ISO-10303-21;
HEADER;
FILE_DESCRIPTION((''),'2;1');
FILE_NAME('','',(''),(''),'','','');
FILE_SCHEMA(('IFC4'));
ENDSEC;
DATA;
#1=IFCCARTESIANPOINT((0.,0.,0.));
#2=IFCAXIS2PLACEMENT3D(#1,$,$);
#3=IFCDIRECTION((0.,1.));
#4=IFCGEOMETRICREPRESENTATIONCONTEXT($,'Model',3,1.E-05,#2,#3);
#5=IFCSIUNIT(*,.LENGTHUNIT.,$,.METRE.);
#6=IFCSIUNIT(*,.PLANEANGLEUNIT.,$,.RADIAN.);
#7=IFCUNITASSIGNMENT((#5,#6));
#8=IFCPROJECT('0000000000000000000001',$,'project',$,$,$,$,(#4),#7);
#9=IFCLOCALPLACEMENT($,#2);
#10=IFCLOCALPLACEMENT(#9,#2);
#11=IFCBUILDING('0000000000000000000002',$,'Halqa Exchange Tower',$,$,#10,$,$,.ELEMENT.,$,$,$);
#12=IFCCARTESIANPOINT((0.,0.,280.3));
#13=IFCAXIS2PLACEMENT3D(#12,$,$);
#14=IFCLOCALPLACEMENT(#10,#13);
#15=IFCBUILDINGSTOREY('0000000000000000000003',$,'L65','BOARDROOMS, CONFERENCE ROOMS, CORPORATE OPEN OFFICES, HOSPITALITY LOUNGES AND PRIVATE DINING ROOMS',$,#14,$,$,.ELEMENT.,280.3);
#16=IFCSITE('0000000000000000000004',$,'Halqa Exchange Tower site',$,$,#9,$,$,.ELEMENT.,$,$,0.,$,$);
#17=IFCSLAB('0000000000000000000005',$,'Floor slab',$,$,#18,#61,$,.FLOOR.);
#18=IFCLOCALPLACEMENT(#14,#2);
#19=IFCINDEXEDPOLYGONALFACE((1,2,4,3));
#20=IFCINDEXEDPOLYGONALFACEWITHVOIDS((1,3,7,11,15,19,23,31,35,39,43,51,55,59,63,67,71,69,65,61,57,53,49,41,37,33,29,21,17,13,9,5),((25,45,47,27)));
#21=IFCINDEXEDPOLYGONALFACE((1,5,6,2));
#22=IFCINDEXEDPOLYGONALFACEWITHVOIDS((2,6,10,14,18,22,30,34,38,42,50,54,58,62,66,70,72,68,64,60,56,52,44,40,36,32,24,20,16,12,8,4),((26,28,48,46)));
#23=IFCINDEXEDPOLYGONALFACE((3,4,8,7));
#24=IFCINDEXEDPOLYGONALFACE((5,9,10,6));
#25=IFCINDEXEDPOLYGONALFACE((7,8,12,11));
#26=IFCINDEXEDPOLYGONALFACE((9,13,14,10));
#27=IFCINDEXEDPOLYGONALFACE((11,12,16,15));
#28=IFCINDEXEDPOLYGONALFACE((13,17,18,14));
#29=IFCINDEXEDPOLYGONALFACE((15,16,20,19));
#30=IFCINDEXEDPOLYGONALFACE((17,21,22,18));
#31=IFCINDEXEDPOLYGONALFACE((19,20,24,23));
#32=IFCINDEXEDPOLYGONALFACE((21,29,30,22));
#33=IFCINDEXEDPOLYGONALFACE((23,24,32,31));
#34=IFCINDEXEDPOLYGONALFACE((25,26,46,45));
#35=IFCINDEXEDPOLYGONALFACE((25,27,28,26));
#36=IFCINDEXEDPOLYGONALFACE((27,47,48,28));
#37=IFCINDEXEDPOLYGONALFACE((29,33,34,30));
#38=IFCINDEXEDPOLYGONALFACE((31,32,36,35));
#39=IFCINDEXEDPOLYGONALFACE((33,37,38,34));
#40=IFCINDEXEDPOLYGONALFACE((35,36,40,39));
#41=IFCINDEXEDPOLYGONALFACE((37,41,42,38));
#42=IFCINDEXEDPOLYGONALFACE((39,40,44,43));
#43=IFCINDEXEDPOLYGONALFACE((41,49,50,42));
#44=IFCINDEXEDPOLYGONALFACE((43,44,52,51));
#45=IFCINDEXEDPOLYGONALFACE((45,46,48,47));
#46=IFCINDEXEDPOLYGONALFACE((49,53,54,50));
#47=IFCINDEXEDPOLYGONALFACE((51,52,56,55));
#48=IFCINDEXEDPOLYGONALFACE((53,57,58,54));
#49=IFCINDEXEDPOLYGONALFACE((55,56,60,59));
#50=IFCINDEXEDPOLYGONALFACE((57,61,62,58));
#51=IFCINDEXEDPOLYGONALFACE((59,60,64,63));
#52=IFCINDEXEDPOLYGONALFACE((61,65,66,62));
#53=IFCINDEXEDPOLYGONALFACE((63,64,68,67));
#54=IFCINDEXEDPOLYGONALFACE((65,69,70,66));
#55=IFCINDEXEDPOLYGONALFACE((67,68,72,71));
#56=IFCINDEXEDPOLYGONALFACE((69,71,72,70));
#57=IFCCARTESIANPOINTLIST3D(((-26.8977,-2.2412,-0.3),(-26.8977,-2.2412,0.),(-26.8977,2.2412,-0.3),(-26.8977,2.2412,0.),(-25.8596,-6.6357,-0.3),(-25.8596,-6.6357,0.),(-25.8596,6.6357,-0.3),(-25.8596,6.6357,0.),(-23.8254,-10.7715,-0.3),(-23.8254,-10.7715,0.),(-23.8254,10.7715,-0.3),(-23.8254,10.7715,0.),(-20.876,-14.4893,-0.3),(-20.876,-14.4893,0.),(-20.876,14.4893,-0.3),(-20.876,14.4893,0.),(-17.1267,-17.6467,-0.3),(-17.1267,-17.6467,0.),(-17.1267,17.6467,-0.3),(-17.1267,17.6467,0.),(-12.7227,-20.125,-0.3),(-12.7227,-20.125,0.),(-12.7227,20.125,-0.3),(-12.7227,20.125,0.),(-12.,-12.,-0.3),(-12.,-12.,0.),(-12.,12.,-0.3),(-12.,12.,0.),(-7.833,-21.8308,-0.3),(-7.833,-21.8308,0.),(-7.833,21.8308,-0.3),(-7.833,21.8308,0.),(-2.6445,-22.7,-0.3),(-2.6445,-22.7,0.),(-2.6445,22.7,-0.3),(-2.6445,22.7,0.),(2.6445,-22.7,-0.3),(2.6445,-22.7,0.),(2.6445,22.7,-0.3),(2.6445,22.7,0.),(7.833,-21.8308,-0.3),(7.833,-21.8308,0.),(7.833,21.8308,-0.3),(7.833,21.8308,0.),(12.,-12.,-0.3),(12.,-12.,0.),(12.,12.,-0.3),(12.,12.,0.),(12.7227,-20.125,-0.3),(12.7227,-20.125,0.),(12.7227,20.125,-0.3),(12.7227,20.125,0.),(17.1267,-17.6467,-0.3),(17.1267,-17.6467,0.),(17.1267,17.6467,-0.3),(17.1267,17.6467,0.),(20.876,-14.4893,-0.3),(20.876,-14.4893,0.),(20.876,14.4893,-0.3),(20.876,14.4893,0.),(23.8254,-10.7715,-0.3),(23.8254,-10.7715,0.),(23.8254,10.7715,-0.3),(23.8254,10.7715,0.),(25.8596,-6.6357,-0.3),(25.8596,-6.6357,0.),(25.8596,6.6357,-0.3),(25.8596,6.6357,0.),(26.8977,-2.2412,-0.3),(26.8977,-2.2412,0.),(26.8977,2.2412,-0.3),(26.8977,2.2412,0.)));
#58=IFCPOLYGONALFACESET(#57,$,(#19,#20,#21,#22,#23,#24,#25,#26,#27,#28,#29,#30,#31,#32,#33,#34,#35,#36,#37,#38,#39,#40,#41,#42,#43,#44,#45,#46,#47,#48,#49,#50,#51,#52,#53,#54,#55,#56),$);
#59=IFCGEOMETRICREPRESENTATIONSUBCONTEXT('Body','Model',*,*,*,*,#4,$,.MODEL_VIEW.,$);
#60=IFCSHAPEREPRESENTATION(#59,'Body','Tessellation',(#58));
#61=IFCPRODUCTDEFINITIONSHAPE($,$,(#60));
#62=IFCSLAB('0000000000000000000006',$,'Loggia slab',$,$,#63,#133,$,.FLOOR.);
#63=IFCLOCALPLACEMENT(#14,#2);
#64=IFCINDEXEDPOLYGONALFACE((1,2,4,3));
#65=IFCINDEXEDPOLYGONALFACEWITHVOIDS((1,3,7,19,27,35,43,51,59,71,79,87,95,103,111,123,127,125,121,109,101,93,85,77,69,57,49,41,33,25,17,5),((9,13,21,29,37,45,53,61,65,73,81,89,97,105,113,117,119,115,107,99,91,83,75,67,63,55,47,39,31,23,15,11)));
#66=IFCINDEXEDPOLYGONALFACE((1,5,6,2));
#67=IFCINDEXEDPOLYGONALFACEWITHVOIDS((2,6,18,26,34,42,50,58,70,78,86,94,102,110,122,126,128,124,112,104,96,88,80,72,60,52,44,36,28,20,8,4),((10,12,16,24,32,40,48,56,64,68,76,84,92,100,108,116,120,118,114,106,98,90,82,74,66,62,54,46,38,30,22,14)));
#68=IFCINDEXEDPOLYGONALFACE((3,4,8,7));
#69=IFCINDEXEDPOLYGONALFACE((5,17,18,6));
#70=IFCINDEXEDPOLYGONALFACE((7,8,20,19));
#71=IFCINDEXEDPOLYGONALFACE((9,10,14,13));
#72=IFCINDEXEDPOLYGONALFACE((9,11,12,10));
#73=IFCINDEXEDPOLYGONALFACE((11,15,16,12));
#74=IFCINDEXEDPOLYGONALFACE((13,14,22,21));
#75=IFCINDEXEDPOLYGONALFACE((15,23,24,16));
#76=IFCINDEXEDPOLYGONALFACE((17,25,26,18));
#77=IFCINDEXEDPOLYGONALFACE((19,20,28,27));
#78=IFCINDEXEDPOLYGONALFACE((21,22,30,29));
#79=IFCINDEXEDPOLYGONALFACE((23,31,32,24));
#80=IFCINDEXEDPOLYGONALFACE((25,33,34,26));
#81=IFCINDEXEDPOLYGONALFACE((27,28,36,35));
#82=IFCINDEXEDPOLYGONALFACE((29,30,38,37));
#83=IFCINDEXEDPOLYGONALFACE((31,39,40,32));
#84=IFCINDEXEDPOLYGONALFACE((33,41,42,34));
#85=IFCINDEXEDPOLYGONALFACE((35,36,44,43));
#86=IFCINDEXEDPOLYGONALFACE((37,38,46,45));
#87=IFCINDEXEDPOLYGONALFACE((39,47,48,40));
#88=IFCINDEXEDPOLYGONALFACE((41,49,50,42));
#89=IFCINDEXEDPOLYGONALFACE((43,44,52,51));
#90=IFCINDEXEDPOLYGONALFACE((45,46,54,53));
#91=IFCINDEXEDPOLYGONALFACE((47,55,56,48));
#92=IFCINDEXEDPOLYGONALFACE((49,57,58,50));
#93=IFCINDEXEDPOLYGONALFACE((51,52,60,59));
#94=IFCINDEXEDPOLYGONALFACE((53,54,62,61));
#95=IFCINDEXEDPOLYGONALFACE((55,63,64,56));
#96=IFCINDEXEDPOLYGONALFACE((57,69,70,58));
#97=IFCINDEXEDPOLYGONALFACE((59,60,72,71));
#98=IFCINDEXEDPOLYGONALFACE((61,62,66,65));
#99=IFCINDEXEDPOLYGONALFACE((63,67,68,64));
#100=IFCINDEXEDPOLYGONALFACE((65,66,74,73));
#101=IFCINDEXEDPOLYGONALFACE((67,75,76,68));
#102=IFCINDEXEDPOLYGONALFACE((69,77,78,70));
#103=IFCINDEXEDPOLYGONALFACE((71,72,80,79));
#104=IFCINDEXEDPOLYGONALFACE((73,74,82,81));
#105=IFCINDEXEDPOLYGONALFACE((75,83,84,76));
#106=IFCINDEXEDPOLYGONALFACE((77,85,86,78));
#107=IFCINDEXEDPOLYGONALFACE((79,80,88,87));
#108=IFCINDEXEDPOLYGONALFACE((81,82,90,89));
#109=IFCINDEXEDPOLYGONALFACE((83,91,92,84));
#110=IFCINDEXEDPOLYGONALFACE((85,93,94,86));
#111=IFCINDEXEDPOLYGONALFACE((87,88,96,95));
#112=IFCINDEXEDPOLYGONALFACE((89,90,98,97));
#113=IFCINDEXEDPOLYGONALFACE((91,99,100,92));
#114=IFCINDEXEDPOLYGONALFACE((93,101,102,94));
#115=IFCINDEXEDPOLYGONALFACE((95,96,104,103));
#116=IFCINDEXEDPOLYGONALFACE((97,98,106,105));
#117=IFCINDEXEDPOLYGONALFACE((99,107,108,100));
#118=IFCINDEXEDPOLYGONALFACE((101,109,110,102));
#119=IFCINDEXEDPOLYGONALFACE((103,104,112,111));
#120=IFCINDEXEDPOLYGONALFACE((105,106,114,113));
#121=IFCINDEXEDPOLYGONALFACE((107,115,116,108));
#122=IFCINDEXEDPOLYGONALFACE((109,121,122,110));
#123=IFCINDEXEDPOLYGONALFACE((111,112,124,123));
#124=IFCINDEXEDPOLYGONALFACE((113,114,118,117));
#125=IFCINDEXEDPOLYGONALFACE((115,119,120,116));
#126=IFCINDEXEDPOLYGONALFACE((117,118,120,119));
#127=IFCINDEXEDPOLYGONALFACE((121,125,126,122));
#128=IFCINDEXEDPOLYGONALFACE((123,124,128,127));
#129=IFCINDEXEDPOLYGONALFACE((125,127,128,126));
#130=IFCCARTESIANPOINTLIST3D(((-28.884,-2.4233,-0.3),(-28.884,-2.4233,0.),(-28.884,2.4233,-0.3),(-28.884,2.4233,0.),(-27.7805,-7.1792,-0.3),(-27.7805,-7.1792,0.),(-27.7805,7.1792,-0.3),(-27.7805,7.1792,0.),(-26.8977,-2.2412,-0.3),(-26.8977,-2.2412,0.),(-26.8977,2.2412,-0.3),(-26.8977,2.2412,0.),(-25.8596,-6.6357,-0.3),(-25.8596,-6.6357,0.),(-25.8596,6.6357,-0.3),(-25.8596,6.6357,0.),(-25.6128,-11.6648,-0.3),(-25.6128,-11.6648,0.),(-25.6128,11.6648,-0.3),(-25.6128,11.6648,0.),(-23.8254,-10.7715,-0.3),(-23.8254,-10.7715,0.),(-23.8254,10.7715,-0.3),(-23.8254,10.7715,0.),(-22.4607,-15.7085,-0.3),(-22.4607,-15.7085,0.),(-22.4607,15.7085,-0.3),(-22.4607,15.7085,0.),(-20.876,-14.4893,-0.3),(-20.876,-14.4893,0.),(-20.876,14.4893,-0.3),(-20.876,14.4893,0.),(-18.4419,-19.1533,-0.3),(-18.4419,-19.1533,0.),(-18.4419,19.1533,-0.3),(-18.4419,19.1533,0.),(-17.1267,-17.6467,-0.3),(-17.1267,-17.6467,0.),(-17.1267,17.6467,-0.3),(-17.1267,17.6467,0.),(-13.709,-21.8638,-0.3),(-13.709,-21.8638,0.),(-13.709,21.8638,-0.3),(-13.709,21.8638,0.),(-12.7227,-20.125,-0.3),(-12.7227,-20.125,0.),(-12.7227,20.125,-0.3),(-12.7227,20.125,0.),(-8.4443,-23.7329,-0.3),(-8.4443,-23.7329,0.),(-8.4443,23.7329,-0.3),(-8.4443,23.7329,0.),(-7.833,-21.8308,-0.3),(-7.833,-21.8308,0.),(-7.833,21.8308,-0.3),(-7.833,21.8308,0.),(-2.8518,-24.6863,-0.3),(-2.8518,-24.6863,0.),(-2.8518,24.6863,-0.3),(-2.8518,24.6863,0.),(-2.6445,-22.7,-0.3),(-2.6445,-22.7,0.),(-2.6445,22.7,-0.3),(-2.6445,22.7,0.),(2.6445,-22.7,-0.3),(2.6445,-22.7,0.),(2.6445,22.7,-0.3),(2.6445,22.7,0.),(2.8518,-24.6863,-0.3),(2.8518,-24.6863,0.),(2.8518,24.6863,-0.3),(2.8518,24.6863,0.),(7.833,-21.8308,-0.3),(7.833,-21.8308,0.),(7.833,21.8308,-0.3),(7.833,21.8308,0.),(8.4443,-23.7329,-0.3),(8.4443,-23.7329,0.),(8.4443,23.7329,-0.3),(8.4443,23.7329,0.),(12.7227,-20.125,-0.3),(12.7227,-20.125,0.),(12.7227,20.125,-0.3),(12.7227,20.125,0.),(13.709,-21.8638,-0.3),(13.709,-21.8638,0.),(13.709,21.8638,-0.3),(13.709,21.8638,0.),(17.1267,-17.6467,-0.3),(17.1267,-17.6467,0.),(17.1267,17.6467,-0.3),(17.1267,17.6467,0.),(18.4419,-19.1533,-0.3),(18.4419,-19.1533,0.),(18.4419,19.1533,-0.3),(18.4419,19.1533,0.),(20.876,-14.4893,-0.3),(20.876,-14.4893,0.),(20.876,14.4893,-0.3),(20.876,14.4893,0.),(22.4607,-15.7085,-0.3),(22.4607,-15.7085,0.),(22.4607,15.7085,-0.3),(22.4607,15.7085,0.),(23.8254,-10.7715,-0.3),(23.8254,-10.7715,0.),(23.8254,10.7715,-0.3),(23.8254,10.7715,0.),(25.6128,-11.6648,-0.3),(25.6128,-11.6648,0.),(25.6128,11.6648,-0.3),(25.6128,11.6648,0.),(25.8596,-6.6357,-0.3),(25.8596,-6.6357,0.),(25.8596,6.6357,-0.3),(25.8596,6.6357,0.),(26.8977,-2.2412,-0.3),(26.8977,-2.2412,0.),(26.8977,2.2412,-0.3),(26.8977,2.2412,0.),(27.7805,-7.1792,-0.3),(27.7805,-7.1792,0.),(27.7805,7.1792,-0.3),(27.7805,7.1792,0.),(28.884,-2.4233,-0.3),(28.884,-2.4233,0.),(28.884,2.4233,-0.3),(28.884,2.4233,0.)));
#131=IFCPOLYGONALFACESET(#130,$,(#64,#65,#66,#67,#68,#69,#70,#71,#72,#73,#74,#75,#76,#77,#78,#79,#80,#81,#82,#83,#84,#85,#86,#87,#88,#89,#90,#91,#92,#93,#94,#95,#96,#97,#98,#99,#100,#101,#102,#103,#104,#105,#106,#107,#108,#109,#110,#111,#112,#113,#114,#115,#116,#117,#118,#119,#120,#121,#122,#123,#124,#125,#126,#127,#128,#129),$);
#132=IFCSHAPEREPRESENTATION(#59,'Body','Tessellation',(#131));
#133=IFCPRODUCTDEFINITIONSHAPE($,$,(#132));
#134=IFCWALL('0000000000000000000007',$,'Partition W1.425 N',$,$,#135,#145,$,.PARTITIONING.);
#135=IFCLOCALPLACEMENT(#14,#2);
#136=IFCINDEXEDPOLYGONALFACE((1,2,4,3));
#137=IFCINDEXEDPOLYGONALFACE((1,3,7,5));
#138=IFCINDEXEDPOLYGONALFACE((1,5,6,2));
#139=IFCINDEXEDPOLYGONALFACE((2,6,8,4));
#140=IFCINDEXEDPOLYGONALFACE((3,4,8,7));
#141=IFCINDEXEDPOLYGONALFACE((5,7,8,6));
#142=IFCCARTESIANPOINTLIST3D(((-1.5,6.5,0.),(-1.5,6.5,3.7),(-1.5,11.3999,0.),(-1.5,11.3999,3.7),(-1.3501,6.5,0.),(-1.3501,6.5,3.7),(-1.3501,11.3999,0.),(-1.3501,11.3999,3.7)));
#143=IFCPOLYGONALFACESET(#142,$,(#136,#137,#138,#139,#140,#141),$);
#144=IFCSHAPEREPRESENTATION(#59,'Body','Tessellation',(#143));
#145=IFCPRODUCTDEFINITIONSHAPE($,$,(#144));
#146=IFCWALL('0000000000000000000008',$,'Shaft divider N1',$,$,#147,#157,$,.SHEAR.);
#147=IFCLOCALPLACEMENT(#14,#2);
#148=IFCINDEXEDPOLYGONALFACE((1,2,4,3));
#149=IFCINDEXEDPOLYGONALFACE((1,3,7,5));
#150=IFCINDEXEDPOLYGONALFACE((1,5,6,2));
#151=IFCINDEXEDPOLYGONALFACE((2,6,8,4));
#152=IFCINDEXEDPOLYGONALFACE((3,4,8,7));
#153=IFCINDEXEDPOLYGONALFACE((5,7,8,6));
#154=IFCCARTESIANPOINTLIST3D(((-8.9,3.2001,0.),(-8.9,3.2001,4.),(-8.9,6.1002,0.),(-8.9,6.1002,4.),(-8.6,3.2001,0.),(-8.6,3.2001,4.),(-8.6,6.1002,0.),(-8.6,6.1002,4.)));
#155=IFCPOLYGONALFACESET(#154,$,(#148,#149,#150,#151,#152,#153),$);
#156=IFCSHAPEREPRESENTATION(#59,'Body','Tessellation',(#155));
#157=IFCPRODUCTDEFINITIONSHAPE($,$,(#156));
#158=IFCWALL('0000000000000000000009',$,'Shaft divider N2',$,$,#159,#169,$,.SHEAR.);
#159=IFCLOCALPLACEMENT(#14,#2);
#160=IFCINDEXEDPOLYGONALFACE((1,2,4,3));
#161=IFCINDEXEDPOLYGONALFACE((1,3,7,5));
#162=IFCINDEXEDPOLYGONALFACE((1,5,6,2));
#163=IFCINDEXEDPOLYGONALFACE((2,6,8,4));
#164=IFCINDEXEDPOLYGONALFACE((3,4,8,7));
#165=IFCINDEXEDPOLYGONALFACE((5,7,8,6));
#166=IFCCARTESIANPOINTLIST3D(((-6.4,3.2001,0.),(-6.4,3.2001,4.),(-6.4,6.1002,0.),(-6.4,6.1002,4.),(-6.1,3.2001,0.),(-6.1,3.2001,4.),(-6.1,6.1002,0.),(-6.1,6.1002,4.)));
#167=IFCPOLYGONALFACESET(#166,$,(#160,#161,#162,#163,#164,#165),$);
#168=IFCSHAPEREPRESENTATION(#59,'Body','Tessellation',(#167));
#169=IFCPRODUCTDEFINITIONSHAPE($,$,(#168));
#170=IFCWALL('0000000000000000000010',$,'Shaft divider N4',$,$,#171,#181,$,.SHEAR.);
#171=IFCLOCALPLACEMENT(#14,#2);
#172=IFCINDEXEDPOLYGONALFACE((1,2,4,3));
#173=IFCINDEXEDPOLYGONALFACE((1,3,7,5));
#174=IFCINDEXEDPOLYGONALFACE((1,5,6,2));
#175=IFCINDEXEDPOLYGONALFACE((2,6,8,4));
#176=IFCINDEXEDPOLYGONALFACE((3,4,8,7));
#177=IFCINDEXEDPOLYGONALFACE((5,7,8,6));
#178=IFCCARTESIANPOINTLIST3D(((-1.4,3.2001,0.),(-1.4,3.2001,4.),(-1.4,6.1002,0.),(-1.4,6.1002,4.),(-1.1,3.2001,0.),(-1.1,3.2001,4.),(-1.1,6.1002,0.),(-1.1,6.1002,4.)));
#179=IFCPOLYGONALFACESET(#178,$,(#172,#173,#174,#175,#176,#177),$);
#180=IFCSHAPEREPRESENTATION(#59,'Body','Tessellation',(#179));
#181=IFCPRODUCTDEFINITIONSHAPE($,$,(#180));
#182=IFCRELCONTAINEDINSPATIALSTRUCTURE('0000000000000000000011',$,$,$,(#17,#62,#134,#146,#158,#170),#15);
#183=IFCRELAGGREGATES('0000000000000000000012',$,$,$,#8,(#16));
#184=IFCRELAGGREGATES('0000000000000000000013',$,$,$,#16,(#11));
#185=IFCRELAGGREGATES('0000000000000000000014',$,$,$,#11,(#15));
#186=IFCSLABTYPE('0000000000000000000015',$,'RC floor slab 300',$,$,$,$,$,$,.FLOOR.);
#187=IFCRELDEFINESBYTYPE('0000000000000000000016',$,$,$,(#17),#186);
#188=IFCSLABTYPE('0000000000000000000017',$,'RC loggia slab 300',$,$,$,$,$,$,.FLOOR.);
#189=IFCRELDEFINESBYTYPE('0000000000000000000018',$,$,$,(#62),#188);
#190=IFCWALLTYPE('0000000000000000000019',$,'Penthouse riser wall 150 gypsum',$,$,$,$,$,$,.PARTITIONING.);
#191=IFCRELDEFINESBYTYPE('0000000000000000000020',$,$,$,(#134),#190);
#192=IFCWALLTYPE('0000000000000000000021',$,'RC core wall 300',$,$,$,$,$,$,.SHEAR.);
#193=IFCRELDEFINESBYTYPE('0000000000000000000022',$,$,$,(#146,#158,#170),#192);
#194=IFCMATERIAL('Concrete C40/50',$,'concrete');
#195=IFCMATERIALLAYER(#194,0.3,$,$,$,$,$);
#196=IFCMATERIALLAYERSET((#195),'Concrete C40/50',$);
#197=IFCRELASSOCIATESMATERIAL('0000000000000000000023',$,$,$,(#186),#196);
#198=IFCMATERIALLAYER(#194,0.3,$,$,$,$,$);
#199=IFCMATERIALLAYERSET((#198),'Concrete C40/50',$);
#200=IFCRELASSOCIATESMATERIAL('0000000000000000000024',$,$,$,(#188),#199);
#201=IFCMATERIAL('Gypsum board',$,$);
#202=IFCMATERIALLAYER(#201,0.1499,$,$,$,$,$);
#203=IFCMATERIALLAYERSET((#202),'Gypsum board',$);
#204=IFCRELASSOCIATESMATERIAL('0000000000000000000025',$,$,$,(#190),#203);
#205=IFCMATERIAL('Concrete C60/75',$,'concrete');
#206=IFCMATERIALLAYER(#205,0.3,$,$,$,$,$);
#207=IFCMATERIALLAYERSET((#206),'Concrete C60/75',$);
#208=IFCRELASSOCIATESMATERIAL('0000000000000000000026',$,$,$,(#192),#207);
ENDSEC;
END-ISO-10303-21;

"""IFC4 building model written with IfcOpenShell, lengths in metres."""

from ifc_helpers import new_model, si_unit, direction, frame, frame_2d, origin, place, context, subcontext, project, spatial, polyline, rectangle, outline, extrude, material, layer, layer_set, type_object, element, save


model = new_model("IFC4")

# Units and contexts
model_context = context("Model", 3, precision=1e-05, world=origin(), true_north=direction((0.0, 1.0)))
body_context = subcontext(model_context, "Body", "Model", "MODEL_VIEW")
ifc_project = project(units=[si_unit("LENGTHUNIT", "METRE"), si_unit("PLANEANGLEUNIT", "RADIAN")], contexts=[model_context])

# Site, building, storey
site_placement = place(None, origin())
site = spatial("IfcSite", under=ifc_project, at=site_placement, Name="Halqa Exchange Tower site", CompositionType="ELEMENT", RefElevation=0.0)
building_placement = place(site_placement, origin())
building = spatial("IfcBuilding", under=site, at=building_placement, Name="Halqa Exchange Tower", CompositionType="ELEMENT")
storey_placement = place(building_placement, frame((0.0, 0.0, 280.3)))
storey = spatial("IfcBuildingStorey", under=building, at=storey_placement, Name="L65", Description="BOARDROOMS, CONFERENCE ROOMS, CORPORATE OPEN OFFICES, HOSPITALITY LOUNGES AND PRIVATE DINING ROOMS", CompositionType="ELEMENT", Elevation=280.3)

# Slabs
ifc_material_1 = material(Name="Concrete C40/50", Category="concrete")
ifc_layer_1 = layer(ifc_material_1, 0.3)
ifc_layer_set_1 = layer_set([ifc_layer_1], Name="Concrete C40/50")
slab_type_1 = type_object("IfcSlabType", Name="RC floor slab 300", PredefinedType="FLOOR", material=ifc_layer_set_1)
slab_1_placement = place(storey_placement, frame((0.0, 0.0, -0.3)))
element("IfcSlab", 1, at=slab_1_placement, inside=storey, type_object=slab_type_1, Name="Floor slab", PredefinedType="FLOOR", context=body_context, shape_type="SweptSolid", body=[
    extrude(outline(polyline([(26.8977, 2.2412), (25.8596, 6.6357), (23.8254, 10.7715), (20.876, 14.4893), (17.1267, 17.6467), (12.7227, 20.125), (7.833, 21.8308), (2.6445, 22.7), (-2.6445, 22.7), (-7.833, 21.8308), (-12.7227, 20.125), (-17.1267, 17.6467), (-20.876, 14.4893), (-23.8254, 10.7715), (-25.8596, 6.6357), (-26.8977, 2.2412), (-26.8977, -2.2412), (-25.8596, -6.6357), (-23.8254, -10.7715), (-20.876, -14.4893), (-17.1267, -17.6467), (-12.7227, -20.125), (-7.833, -21.8308), (-2.6445, -22.7), (2.6445, -22.7), (7.833, -21.8308), (12.7227, -20.125), (17.1267, -17.6467), (20.876, -14.4893), (23.8254, -10.7715), (25.8596, -6.6357), (26.8977, -2.2412), (26.8977, 2.2412)]), holes=[polyline([(-12.0, -12.0), (12.0, -12.0), (12.0, 12.0), (-12.0, 12.0), (-12.0, -12.0)])]), origin(), (0.0, 0.0, 1.0), 0.3),
])
ifc_layer_2 = layer(ifc_material_1, 0.3)
ifc_layer_set_2 = layer_set([ifc_layer_2], Name="Concrete C40/50")
slab_type_2 = type_object("IfcSlabType", Name="RC loggia slab 300", PredefinedType="FLOOR", material=ifc_layer_set_2)
slab_2_placement = place(storey_placement, frame((0.0, 0.0, -0.3)))
element("IfcSlab", 2, at=slab_2_placement, inside=storey, type_object=slab_type_2, Name="Loggia slab", PredefinedType="FLOOR", context=body_context, shape_type="SweptSolid", body=[
    extrude(outline(polyline([(28.884, 2.4233), (28.884, -2.4233), (27.7805, -7.1792), (25.6128, -11.6648), (22.4607, -15.7085), (18.4419, -19.1533), (13.709, -21.8638), (8.4443, -23.7329), (2.8518, -24.6863), (-2.8518, -24.6863), (-8.4443, -23.7329), (-13.709, -21.8638), (-18.4419, -19.1533), (-22.4607, -15.7085), (-25.6128, -11.6648), (-27.7805, -7.1792), (-28.884, -2.4233), (-28.884, 2.4233), (-27.7805, 7.1792), (-25.6128, 11.6648), (-22.4607, 15.7085), (-18.4419, 19.1533), (-13.709, 21.8638), (-8.4443, 23.7329), (-2.8518, 24.6863), (2.8518, 24.6863), (8.4443, 23.7329), (13.709, 21.8638), (18.4419, 19.1533), (22.4607, 15.7085), (25.6128, 11.6648), (27.7805, 7.1792), (28.884, 2.4233)]), holes=[polyline([(26.8977, 2.2412), (25.8596, 6.6357), (23.8254, 10.7715), (20.876, 14.4893), (17.1267, 17.6467), (12.7227, 20.125), (7.833, 21.8308), (2.6445, 22.7), (-2.6445, 22.7), (-7.833, 21.8308), (-12.7227, 20.125), (-17.1267, 17.6467), (-20.876, 14.4893), (-23.8254, 10.7715), (-25.8596, 6.6357), (-26.8977, 2.2412), (-26.8977, -2.2412), (-25.8596, -6.6357), (-23.8254, -10.7715), (-20.876, -14.4893), (-17.1267, -17.6467), (-12.7227, -20.125), (-7.833, -21.8308), (-2.6445, -22.7), (2.6445, -22.7), (7.833, -21.8308), (12.7227, -20.125), (17.1267, -17.6467), (20.876, -14.4893), (23.8254, -10.7715), (25.8596, -6.6357), (26.8977, -2.2412), (26.8977, 2.2412)])]), origin(), (0.0, 0.0, 1.0), 0.3),
])

# Walls
ifc_material_2 = material(Name="Gypsum board")
ifc_layer_3 = layer(ifc_material_2, 0.1499)
ifc_layer_set_3 = layer_set([ifc_layer_3], Name="Gypsum board")
wall_type_1 = type_object("IfcWallType", Name="Penthouse riser wall 150 gypsum", PredefinedType="PARTITIONING", material=ifc_layer_set_3)
wall_1_placement = place(storey_placement, frame((-1.425, 6.5, 0.0), z_axis=(0.0, 0.0, 1.0), x_axis=(0.0, 1.0, 0.0)))
element("IfcWall", 3, at=wall_1_placement, inside=storey, type_object=wall_type_1, Name="Partition W1.425 N", PredefinedType="PARTITIONING", context=body_context, shape_type="SweptSolid", body=[
    extrude(rectangle(XDim=4.8999, YDim=0.1499, at=frame_2d((2.45, 0.0))), origin(), (0.0, 0.0, 1.0), 3.7),
])
ifc_material_3 = material(Name="Concrete C60/75", Category="concrete")
ifc_layer_4 = layer(ifc_material_3, 0.3)
ifc_layer_set_4 = layer_set([ifc_layer_4], Name="Concrete C60/75")
wall_type_2 = type_object("IfcWallType", Name="RC core wall 300", PredefinedType="SHEAR", material=ifc_layer_set_4)
for number, where, z_axis, x_axis, name in (
    (4, (-8.75, 3.2, 0.0), (0.0, 0.0, 1.0), (0.0, 1.0, 0.0), "Shaft divider N1"),
    (5, (-6.25, 3.2, 0.0), (0.0, 0.0, 1.0), (0.0, 1.0, 0.0), "Shaft divider N2"),
    (6, (-1.25, 3.2, 0.0), (0.0, 0.0, 1.0), (0.0, 1.0, 0.0), "Shaft divider N4"),
):
    element("IfcWall", number, at=place(storey_placement, frame(where, z_axis=z_axis, x_axis=x_axis)), inside=storey, type_object=wall_type_2, Name=name, PredefinedType="SHEAR", context=body_context, shape_type="SweptSolid", body=[
        extrude(rectangle(XDim=2.9001, YDim=0.3, at=frame_2d((1.4502, 0.0))), origin(), (0.0, 0.0, 1.0), 4.0),
    ])

save(model, "model.ifc")
